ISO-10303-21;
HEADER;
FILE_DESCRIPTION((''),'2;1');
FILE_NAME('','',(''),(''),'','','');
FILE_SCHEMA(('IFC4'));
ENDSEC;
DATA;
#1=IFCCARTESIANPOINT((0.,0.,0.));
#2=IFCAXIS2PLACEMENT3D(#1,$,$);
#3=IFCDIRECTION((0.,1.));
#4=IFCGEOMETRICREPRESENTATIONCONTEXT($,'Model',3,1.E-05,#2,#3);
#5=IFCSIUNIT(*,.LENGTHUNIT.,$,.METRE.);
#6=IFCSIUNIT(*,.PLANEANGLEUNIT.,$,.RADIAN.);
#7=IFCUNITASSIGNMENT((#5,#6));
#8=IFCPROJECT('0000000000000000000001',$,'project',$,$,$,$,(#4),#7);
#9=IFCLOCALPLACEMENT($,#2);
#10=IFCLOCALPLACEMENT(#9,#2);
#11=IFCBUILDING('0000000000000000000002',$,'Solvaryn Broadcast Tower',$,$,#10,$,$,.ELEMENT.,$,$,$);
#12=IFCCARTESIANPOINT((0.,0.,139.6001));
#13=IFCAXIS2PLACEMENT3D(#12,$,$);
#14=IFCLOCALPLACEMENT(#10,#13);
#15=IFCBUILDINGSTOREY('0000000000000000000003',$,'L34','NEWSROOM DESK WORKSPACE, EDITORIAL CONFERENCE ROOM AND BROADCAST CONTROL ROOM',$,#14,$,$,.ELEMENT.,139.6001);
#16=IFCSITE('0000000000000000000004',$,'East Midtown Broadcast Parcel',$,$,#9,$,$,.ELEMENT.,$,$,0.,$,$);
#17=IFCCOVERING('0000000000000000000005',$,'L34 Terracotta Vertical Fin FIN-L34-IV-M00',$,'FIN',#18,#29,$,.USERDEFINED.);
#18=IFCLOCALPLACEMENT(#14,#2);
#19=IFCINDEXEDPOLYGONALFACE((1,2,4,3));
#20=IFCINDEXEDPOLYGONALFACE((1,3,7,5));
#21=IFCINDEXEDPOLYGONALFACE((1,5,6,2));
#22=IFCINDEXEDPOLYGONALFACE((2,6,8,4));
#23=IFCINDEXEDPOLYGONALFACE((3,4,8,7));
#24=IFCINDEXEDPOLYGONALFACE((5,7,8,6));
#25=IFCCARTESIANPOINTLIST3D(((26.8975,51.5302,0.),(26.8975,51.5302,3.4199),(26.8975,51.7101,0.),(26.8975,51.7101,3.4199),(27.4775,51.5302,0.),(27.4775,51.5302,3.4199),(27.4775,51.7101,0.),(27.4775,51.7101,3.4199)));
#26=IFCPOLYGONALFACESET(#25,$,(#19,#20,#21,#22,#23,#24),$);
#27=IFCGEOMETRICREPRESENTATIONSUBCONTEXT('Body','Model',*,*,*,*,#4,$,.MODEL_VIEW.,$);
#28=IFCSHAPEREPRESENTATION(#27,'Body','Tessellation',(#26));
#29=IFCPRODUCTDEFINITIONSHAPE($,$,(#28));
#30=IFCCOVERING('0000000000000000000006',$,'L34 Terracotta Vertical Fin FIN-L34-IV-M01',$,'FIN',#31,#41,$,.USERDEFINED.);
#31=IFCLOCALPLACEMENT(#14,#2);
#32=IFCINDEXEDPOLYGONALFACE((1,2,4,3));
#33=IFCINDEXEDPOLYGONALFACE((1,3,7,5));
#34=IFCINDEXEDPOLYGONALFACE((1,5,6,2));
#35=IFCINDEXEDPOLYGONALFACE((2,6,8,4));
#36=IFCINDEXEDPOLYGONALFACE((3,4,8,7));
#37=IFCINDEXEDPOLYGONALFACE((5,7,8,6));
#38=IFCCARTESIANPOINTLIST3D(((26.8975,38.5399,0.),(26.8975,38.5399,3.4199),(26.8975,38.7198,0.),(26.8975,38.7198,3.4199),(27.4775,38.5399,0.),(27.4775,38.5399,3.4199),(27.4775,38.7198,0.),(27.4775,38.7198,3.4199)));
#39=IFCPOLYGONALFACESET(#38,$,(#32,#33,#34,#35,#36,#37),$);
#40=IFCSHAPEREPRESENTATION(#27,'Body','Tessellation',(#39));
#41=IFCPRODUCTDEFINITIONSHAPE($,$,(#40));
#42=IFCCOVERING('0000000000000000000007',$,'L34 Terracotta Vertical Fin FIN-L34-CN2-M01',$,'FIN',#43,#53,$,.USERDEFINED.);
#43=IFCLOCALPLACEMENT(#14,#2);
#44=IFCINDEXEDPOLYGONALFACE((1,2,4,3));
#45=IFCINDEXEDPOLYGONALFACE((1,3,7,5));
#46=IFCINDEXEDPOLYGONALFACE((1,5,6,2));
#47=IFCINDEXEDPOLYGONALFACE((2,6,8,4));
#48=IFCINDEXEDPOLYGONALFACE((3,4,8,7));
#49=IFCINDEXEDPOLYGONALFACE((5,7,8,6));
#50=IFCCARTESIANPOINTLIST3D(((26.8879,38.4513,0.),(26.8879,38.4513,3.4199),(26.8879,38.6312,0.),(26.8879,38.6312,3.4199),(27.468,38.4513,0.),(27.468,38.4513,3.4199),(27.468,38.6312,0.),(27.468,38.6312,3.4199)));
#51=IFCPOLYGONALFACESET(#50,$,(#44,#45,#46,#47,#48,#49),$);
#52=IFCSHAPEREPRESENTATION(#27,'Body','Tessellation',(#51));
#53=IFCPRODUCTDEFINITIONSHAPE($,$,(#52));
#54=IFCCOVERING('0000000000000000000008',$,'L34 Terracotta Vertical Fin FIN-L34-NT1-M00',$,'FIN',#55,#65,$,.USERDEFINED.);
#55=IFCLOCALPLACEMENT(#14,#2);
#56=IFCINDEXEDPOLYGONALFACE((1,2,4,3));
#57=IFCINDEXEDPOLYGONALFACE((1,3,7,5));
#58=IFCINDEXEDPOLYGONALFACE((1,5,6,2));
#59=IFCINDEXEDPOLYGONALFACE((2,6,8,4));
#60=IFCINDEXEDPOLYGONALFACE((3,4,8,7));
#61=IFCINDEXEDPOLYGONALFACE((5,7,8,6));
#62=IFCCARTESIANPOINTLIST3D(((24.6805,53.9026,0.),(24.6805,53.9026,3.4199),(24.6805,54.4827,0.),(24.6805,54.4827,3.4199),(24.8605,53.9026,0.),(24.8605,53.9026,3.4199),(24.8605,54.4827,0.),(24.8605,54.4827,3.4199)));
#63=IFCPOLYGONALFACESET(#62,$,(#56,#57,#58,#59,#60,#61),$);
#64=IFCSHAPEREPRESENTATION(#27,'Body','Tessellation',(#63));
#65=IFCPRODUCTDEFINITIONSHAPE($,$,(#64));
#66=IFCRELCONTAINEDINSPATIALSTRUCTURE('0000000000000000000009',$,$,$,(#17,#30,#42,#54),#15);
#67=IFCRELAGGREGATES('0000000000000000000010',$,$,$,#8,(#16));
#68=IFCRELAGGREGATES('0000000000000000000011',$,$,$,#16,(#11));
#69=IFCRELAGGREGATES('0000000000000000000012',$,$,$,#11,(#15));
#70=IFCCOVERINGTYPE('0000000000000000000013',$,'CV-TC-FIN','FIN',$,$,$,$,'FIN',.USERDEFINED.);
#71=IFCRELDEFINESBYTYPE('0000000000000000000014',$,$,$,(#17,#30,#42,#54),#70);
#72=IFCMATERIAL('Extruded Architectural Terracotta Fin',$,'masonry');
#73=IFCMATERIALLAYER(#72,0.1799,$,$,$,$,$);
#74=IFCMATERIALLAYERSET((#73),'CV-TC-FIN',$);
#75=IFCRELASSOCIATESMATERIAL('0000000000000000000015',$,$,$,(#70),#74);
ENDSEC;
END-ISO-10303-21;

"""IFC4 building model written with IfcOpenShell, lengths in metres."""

from ifc_helpers import new_model, si_unit, direction, frame, origin, origin_2d, place, context, subcontext, project, spatial, rectangle, extrude, material, layer, layer_set, type_object, element, save


model = new_model("IFC4")

# Units and contexts
model_context = context("Model", 3, precision=1e-05, world=origin(), true_north=direction((0.0, 1.0)))
body_context = subcontext(model_context, "Body", "Model", "MODEL_VIEW")
ifc_project = project(units=[si_unit("LENGTHUNIT", "METRE"), si_unit("PLANEANGLEUNIT", "RADIAN")], contexts=[model_context])

# Site, building, storey
site_placement = place(None, origin())
site = spatial("IfcSite", under=ifc_project, at=site_placement, Name="East Midtown Broadcast Parcel", CompositionType="ELEMENT", RefElevation=0.0)
building_placement = place(site_placement, origin())
building = spatial("IfcBuilding", under=site, at=building_placement, Name="Solvaryn Broadcast Tower", CompositionType="ELEMENT")
storey_placement = place(building_placement, frame((0.0, 0.0, 139.6001)))
storey = spatial("IfcBuildingStorey", under=building, at=storey_placement, Name="L34", Description="NEWSROOM DESK WORKSPACE, EDITORIAL CONFERENCE ROOM AND BROADCAST CONTROL ROOM", CompositionType="ELEMENT", Elevation=139.6001)

# Coverings
ifc_material_1 = material(Name="Extruded Architectural Terracotta Fin", Category="masonry")
ifc_layer_1 = layer(ifc_material_1, 0.1799)
ifc_layer_set_1 = layer_set([ifc_layer_1], Name="CV-TC-FIN")
covering_type = type_object("IfcCoveringType", Name="CV-TC-FIN", Description="FIN", ElementType="FIN", PredefinedType="USERDEFINED", material=ifc_layer_set_1)
for number, where, z_axis, x_axis, name in (
    (1, (27.1875, 51.6201, 0.0), (0.0, 0.0, 1.0), (1.0, 0.0, 0.0), "L34 Terracotta Vertical Fin FIN-L34-IV-M00"),
    (2, (27.1875, 38.6299, 0.0), (0.0, 0.0, 1.0), (1.0, 0.0, 0.0), "L34 Terracotta Vertical Fin FIN-L34-IV-M01"),
    (3, (27.178, 38.5413, 0.0), (0.0, 0.0, 1.0), (1.0, 0.0, 0.0), "L34 Terracotta Vertical Fin FIN-L34-CN2-M01"),
):
    element("IfcCovering", number, at=place(storey_placement, frame(where, z_axis=z_axis, x_axis=x_axis)), inside=storey, type_object=covering_type, Name=name, ObjectType="FIN", PredefinedType="USERDEFINED", context=body_context, shape_type="SweptSolid", body=[
        extrude(rectangle(XDim=0.5801, YDim=0.1799, at=origin_2d()), origin(), (0.0, 0.0, 1.0), 3.4199),
    ])
covering_placement = place(storey_placement, frame((24.7705, 54.1926, 0.0), z_axis=(0.0, 0.0, 1.0), x_axis=(1.0, 0.0, 0.0)))
element("IfcCovering", 4, at=covering_placement, inside=storey, type_object=covering_type, Name="L34 Terracotta Vertical Fin FIN-L34-NT1-M00", ObjectType="FIN", PredefinedType="USERDEFINED", context=body_context, shape_type="SweptSolid", body=[
    extrude(rectangle(XDim=0.1799, YDim=0.5801, at=origin_2d()), origin(), (0.0, 0.0, 1.0), 3.4199),
])

save(model, "model.ifc")
